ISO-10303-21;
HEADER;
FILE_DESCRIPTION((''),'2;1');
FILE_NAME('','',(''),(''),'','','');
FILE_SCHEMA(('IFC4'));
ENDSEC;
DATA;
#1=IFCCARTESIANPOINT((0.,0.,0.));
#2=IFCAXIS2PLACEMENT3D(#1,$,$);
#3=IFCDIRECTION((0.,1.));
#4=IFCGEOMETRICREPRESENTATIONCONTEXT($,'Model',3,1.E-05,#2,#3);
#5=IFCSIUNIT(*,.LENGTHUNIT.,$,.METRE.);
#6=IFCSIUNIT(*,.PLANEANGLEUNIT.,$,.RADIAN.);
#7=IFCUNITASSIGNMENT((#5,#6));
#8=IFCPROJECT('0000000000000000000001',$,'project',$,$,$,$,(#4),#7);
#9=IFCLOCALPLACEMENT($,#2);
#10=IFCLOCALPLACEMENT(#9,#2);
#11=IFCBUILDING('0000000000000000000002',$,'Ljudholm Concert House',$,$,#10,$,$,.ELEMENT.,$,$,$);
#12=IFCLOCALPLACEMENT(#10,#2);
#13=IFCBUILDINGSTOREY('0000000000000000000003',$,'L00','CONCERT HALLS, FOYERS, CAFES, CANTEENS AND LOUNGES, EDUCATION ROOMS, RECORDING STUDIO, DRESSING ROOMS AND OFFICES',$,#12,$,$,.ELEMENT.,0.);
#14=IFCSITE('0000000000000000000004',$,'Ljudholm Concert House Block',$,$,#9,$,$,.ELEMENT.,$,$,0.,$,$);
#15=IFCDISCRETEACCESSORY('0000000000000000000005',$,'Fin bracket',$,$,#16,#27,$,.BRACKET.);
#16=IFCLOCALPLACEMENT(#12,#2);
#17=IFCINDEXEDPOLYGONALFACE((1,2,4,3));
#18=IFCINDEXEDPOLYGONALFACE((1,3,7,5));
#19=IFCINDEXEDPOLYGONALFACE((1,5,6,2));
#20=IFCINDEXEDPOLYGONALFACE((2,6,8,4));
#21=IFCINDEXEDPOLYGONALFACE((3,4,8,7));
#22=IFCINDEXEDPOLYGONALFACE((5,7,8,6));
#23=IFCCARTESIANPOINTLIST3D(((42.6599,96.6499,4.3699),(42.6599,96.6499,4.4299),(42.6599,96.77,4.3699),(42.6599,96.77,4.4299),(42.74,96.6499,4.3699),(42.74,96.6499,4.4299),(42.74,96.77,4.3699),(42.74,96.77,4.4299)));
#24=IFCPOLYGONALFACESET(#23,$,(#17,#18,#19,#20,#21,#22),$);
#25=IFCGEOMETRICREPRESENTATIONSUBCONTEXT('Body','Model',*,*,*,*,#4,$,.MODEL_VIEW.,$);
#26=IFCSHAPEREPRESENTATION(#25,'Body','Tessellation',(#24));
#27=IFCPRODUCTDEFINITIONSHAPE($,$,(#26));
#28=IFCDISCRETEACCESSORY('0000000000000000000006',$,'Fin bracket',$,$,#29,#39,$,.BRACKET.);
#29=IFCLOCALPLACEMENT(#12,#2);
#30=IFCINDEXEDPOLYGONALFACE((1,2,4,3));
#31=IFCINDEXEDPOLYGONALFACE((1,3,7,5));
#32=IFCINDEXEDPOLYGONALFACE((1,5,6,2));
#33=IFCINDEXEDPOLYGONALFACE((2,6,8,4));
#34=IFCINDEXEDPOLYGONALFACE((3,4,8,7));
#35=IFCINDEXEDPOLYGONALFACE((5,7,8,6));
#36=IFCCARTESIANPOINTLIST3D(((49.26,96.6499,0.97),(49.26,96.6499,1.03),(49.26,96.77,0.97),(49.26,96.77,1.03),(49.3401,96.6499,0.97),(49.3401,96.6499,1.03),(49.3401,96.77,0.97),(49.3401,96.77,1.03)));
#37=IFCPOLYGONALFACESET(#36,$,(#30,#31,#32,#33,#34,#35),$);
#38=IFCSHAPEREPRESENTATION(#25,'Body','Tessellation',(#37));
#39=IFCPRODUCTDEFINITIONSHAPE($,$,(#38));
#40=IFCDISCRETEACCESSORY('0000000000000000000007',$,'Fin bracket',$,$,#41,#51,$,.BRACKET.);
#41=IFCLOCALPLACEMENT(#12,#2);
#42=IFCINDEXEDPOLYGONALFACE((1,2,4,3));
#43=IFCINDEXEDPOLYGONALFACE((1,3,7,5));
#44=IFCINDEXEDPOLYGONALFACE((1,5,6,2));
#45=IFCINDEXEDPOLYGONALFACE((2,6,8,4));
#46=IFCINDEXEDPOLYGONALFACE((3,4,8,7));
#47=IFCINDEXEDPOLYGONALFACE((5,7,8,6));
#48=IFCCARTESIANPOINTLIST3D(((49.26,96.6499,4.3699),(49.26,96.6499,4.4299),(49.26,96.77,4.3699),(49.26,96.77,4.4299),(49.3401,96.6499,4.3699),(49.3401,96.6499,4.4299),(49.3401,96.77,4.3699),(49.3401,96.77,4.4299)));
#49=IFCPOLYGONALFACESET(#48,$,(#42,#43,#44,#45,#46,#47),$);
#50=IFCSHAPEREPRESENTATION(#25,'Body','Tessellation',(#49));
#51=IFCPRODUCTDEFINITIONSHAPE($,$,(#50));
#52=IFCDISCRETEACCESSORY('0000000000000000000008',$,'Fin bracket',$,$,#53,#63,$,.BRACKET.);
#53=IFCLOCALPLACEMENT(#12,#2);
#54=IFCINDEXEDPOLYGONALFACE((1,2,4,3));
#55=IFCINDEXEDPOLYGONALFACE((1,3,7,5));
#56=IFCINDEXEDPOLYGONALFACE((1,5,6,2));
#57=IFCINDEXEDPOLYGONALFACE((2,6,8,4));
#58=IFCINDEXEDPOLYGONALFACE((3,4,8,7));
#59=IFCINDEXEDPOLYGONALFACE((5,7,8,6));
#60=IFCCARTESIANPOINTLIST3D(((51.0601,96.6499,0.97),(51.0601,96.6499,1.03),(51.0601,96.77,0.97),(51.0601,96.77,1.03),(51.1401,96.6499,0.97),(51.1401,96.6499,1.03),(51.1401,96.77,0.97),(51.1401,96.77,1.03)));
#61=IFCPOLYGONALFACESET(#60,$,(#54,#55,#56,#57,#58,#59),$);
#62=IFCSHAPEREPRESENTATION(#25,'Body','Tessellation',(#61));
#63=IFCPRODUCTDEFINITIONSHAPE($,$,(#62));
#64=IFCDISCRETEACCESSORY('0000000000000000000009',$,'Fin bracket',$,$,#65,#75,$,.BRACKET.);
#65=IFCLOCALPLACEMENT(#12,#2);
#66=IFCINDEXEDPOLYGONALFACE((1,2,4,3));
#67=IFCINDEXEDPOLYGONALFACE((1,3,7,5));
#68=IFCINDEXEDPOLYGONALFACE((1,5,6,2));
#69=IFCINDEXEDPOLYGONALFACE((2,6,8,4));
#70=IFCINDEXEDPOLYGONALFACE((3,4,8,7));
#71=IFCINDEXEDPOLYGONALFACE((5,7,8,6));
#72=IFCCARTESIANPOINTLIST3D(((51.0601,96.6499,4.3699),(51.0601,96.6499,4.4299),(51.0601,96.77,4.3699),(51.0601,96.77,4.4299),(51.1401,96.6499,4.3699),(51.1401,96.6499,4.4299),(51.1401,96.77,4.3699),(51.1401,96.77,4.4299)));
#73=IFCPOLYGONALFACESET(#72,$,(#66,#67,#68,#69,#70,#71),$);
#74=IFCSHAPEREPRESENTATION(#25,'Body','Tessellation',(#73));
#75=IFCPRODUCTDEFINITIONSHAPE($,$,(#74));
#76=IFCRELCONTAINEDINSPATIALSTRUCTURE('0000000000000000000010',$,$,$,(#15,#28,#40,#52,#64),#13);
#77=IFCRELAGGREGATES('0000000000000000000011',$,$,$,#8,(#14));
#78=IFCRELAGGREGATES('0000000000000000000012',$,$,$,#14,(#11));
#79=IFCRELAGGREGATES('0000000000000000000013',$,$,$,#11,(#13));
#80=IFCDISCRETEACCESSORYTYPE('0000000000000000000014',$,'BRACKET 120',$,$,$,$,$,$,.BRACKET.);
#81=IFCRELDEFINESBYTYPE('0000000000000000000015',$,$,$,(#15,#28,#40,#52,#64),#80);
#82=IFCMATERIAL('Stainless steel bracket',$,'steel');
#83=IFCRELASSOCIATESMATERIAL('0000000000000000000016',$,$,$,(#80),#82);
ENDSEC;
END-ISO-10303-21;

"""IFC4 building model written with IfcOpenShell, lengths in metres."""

from ifc_helpers import new_model, si_unit, direction, frame, origin, origin_2d, place, context, subcontext, project, spatial, rectangle, extrude, material, type_object, element, save


model = new_model("IFC4")

# Units and contexts
model_context = context("Model", 3, precision=1e-05, world=origin(), true_north=direction((0.0, 1.0)))
body_context = subcontext(model_context, "Body", "Model", "MODEL_VIEW")
ifc_project = project(units=[si_unit("LENGTHUNIT", "METRE"), si_unit("PLANEANGLEUNIT", "RADIAN")], contexts=[model_context])

# Site, building, storey
site_placement = place(None, origin())
site = spatial("IfcSite", under=ifc_project, at=site_placement, Name="Ljudholm Concert House Block", CompositionType="ELEMENT", RefElevation=0.0)
building_placement = place(site_placement, origin())
building = spatial("IfcBuilding", under=site, at=building_placement, Name="Ljudholm Concert House", CompositionType="ELEMENT")
storey_placement = place(building_placement, origin())
storey = spatial("IfcBuildingStorey", under=building, at=storey_placement, Name="L00", Description="CONCERT HALLS, FOYERS, CAFES, CANTEENS AND LOUNGES, EDUCATION ROOMS, RECORDING STUDIO, DRESSING ROOMS AND OFFICES", CompositionType="ELEMENT", Elevation=0.0)

# Discrete accessories
ifc_material_1 = material(Name="Stainless steel bracket", Category="steel")
discrete_accessory_type = type_object("IfcDiscreteAccessoryType", Name="BRACKET 120", PredefinedType="BRACKET", material=ifc_material_1)
for number, where, z_axis, x_axis, name in (
    (1, (42.7, 96.71, 4.3699), (0.0, 0.0, 1.0), (0.0, 1.0, 0.0), "Fin bracket"),
    (2, (49.3, 96.71, 0.97), (0.0, 0.0, 1.0), (0.0, 1.0, 0.0), "Fin bracket"),
    (3, (49.3, 96.71, 4.3699), (0.0, 0.0, 1.0), (0.0, 1.0, 0.0), "Fin bracket"),
    (4, (51.1001, 96.71, 0.97), (0.0, 0.0, 1.0), (0.0, 1.0, 0.0), "Fin bracket"),
    (5, (51.1001, 96.71, 4.3699), (0.0, 0.0, 1.0), (0.0, 1.0, 0.0), "Fin bracket"),
):
    element("IfcDiscreteAccessory", number, at=place(storey_placement, frame(where, z_axis=z_axis, x_axis=x_axis)), inside=storey, type_object=discrete_accessory_type, Name=name, PredefinedType="BRACKET", context=body_context, shape_type="SweptSolid", body=[
        extrude(rectangle(XDim=0.1201, YDim=0.0801, at=origin_2d()), origin(), (0.0, 0.0, 1.0), 0.0601),
    ])

save(model, "model.ifc")
